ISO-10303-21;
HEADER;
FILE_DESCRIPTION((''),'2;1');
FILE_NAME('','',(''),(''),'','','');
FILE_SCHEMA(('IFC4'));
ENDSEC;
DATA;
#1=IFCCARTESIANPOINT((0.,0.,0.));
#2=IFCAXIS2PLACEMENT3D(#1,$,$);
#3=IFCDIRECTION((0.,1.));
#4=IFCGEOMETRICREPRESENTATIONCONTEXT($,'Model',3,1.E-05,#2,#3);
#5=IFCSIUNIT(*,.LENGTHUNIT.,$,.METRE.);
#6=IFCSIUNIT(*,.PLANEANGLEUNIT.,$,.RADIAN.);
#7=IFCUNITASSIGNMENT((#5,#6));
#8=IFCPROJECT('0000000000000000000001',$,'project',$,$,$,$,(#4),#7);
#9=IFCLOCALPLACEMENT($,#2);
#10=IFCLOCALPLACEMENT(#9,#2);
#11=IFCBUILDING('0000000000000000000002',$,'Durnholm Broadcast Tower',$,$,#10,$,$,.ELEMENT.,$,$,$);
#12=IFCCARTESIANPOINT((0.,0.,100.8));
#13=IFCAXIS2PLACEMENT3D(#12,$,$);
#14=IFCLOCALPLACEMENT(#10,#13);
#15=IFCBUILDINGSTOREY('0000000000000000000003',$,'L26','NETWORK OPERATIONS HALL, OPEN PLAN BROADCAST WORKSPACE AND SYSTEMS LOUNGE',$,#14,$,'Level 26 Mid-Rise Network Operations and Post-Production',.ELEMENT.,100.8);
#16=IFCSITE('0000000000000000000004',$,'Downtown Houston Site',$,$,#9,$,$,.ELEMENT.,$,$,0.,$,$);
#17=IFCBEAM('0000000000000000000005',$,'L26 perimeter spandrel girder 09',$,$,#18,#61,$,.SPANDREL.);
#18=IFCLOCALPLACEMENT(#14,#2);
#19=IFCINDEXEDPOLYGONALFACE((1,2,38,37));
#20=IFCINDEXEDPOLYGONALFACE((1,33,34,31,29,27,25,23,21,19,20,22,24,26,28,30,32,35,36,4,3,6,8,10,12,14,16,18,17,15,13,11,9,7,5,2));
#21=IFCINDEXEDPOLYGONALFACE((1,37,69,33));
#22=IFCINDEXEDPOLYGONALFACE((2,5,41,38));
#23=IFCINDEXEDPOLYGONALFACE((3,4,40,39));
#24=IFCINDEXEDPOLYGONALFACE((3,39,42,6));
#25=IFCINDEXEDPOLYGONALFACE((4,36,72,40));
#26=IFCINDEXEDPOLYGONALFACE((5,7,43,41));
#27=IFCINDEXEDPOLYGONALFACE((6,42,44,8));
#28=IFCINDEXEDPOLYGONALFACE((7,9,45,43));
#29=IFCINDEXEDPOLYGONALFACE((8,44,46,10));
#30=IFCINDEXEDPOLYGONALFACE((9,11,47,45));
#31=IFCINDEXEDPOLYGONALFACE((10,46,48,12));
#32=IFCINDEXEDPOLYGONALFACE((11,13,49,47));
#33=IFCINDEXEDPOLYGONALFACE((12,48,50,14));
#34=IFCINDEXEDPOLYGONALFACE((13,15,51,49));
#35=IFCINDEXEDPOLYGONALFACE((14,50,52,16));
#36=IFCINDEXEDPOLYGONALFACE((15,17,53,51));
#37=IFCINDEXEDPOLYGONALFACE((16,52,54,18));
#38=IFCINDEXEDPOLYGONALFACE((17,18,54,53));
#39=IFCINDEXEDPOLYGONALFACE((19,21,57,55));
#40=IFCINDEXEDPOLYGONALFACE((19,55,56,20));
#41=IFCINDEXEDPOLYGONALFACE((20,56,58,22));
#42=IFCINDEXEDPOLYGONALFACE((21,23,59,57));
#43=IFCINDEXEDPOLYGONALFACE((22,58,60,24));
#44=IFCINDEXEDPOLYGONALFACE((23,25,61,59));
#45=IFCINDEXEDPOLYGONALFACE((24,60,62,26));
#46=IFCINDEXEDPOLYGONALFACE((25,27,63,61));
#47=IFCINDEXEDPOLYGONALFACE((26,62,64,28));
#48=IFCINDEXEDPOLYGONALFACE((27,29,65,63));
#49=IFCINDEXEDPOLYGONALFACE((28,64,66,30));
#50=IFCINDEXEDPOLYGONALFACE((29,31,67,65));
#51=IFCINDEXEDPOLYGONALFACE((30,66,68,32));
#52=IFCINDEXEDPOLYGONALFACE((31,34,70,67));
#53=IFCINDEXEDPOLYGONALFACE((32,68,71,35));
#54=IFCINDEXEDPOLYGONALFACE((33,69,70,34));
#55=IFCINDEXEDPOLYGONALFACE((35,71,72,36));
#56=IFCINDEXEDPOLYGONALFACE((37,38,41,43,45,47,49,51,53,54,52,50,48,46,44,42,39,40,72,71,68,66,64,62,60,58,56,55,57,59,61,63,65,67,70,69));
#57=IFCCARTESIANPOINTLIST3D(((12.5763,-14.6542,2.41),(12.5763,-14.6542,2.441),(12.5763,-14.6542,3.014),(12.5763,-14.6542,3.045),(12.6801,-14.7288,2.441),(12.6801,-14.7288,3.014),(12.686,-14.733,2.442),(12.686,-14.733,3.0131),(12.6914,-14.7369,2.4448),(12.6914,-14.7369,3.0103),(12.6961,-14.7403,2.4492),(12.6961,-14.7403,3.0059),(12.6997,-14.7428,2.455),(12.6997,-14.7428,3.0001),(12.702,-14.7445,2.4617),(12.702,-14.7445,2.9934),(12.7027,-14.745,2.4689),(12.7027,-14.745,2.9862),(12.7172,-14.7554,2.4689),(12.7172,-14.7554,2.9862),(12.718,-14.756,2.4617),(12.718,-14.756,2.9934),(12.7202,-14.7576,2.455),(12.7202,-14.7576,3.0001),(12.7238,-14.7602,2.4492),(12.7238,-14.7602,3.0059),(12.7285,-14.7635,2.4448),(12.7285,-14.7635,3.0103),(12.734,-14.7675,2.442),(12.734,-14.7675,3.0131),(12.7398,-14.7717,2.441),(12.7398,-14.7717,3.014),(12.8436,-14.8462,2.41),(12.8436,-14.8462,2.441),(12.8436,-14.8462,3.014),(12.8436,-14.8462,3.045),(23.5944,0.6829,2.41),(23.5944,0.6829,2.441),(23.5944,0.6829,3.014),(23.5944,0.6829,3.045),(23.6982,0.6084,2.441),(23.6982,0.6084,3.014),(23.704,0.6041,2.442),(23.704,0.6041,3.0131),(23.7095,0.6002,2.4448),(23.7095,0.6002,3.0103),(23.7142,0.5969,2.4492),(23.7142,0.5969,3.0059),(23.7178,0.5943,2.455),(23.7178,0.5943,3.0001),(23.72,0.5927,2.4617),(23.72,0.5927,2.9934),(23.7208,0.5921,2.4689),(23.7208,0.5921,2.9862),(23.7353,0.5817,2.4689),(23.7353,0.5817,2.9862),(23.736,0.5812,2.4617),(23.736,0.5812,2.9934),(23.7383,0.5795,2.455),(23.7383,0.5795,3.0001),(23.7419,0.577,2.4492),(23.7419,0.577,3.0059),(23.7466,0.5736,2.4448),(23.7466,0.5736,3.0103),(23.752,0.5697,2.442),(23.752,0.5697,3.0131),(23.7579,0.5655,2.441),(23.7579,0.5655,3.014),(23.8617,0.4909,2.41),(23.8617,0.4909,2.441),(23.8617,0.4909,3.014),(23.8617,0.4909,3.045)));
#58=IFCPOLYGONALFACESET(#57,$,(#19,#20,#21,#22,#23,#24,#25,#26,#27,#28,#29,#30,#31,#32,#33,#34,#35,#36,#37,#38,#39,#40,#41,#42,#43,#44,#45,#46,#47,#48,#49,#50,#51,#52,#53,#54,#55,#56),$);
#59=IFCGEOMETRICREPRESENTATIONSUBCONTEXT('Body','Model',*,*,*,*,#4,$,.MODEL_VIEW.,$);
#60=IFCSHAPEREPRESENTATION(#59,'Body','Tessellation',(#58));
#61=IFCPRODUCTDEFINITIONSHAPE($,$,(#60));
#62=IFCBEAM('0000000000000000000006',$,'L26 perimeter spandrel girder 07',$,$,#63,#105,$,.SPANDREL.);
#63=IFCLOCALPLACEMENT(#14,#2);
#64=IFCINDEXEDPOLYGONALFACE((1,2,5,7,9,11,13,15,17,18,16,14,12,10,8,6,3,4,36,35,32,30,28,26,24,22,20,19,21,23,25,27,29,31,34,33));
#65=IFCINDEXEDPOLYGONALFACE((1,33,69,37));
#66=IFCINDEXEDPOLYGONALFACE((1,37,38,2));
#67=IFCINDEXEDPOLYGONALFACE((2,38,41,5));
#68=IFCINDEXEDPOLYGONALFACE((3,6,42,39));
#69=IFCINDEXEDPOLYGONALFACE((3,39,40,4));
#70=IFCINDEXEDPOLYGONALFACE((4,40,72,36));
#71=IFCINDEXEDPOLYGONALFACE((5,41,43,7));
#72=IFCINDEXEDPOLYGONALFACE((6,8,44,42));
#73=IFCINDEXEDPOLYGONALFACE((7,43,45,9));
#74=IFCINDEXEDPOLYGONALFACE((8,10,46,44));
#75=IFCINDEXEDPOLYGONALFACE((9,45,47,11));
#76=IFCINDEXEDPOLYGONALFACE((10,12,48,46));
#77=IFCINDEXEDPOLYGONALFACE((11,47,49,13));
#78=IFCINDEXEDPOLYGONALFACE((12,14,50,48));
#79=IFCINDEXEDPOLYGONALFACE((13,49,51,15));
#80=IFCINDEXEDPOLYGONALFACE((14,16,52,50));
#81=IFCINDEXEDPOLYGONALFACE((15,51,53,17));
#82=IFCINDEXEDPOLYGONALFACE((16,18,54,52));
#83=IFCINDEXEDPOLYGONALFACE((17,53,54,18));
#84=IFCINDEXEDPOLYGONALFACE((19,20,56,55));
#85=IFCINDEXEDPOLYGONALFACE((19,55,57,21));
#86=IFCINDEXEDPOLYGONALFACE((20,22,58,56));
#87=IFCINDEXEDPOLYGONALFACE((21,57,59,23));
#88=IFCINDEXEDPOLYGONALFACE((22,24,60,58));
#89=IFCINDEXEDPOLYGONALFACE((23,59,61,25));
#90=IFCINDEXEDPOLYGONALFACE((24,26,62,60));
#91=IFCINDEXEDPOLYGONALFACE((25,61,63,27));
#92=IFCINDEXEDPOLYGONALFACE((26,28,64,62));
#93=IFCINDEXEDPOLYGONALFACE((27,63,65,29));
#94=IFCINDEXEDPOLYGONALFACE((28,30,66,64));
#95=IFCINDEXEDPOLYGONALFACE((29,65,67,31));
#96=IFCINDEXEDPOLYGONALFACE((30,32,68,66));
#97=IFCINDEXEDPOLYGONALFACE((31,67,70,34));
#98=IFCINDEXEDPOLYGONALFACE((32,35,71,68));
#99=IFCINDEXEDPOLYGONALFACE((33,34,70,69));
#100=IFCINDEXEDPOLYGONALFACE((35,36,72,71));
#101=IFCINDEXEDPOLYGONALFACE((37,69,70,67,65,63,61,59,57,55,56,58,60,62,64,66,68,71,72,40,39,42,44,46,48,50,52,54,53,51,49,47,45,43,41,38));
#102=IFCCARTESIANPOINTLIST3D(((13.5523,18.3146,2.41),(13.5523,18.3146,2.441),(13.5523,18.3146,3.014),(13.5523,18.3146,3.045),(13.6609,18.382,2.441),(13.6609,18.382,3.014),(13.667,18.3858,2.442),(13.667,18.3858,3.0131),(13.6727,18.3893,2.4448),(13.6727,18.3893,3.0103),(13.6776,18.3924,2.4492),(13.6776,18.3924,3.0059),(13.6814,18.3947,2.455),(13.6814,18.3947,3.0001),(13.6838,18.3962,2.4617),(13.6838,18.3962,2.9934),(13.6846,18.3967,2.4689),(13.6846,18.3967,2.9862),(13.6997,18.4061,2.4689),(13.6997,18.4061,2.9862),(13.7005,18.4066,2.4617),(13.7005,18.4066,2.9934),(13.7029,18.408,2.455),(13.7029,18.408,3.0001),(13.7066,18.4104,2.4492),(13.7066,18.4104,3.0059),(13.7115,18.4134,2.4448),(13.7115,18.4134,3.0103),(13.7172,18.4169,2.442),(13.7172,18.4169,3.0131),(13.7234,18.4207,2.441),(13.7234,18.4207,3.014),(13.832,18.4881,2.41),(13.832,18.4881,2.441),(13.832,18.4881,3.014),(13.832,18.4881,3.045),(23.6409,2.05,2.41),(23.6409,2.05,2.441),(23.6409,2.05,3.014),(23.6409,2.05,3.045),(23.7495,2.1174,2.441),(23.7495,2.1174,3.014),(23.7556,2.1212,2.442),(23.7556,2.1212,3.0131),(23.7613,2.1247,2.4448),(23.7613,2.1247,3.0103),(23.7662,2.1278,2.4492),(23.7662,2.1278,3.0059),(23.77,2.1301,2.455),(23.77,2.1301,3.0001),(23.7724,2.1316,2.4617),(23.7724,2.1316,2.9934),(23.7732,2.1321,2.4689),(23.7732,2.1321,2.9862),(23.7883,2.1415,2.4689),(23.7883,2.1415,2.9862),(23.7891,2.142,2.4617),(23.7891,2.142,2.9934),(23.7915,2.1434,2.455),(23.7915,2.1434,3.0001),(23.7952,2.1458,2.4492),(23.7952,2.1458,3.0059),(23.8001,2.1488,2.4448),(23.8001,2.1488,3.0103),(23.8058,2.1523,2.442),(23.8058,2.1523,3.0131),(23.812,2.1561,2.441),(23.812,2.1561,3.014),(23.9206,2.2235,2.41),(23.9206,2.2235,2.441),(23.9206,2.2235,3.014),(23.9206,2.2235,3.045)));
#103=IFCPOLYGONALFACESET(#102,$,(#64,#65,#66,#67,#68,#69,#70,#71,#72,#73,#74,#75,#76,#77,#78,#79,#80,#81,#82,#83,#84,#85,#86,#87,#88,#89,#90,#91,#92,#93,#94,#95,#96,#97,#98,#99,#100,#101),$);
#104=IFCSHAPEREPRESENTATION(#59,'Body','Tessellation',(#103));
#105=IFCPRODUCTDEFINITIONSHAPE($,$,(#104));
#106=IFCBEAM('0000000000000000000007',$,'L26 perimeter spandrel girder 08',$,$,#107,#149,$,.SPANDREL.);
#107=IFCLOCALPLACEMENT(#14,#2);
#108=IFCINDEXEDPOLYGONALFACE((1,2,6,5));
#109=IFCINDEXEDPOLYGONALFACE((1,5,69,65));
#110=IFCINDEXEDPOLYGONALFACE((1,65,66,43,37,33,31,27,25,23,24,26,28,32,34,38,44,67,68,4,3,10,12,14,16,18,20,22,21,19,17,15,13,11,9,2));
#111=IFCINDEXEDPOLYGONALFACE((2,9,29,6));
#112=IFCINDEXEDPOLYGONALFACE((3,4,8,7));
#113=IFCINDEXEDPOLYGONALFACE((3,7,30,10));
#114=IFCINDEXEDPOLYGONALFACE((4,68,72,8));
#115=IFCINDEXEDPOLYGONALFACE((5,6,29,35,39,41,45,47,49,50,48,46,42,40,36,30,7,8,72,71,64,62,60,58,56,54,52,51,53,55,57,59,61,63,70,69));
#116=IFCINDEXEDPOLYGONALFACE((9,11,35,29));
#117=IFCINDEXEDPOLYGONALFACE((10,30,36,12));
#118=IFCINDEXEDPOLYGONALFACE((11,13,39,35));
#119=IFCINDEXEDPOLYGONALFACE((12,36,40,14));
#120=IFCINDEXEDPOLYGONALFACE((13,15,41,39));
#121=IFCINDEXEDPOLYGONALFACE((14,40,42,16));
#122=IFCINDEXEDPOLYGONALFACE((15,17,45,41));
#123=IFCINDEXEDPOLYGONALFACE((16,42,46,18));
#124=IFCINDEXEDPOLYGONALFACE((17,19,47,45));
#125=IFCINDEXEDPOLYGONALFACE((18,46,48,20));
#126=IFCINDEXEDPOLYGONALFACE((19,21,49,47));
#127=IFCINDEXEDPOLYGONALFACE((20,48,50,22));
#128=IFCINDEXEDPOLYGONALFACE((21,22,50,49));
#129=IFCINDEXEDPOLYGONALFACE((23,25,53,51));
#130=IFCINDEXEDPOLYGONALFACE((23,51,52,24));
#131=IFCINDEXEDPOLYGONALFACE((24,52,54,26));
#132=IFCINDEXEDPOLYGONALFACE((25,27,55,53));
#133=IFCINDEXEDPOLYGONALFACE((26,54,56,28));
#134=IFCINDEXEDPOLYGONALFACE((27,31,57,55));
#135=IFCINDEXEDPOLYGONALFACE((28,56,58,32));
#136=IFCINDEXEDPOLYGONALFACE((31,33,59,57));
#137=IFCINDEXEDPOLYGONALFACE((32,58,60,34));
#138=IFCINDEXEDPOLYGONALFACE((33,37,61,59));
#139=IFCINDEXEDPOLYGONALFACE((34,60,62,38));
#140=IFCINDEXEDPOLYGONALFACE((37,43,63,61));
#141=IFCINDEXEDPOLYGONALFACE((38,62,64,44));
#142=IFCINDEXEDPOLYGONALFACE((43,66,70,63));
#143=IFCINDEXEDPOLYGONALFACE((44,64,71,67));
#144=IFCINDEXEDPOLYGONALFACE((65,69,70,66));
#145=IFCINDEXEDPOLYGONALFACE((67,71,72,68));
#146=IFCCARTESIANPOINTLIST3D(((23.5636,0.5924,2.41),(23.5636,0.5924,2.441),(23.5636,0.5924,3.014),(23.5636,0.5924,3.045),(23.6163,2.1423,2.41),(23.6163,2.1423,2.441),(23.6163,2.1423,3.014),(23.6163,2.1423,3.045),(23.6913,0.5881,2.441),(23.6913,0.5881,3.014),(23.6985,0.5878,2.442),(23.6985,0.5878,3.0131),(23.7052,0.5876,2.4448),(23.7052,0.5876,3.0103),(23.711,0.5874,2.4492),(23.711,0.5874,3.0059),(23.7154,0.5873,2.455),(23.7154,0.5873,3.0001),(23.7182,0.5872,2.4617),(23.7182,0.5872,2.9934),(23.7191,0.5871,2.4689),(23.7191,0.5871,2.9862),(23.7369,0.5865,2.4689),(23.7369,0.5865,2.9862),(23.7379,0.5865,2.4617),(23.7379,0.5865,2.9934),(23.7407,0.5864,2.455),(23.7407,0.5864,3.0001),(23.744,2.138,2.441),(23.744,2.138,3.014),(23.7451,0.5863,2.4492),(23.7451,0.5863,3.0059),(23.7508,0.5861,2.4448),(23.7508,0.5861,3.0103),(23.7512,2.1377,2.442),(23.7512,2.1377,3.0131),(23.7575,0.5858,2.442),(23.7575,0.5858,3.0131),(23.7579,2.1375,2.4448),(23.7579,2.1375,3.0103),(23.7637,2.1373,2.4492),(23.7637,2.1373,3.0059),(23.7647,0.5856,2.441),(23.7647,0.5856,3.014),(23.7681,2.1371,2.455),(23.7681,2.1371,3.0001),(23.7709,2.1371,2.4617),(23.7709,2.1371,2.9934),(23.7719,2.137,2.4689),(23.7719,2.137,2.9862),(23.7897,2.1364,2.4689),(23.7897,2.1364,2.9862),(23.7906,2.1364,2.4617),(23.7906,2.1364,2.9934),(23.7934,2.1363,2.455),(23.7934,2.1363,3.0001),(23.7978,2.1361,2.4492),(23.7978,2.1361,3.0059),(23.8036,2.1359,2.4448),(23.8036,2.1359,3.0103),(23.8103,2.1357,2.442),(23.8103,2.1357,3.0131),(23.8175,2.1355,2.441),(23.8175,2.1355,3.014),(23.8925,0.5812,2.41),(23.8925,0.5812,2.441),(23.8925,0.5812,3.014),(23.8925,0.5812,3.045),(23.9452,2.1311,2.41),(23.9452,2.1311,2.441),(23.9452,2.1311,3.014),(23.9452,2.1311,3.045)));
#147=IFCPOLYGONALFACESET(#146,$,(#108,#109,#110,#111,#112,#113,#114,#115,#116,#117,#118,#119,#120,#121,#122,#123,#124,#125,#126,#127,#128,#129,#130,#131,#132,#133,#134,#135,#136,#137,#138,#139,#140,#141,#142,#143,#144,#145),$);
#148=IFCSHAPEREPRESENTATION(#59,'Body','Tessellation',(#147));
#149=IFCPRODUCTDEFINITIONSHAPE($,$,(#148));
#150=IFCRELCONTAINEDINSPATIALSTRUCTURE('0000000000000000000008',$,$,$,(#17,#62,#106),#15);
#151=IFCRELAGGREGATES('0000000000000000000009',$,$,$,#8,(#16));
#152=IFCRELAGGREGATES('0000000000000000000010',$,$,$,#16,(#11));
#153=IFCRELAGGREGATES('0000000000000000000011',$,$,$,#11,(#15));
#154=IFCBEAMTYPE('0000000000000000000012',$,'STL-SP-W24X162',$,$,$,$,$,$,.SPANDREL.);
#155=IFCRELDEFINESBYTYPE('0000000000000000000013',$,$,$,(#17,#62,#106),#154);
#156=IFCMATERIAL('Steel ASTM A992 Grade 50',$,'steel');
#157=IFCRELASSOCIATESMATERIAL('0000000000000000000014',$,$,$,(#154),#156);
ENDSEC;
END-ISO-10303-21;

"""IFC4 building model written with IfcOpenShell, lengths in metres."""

from ifc_helpers import new_model, si_unit, direction, frame, origin, origin_2d, place, context, subcontext, project, spatial, i_section, extrude, source, transform, mapped, material, material_profile, profile_set, type_object, type_shapes, element, save


model = new_model("IFC4")

# Units and contexts
model_context = context("Model", 3, precision=1e-05, world=origin(), true_north=direction((0.0, 1.0)))
body_context = subcontext(model_context, "Body", "Model", "MODEL_VIEW")
ifc_project = project(units=[si_unit("LENGTHUNIT", "METRE"), si_unit("PLANEANGLEUNIT", "RADIAN")], contexts=[model_context])

# Site, building, storey
site_placement = place(None, origin())
site = spatial("IfcSite", under=ifc_project, at=site_placement, Name="Downtown Houston Site", CompositionType="ELEMENT", RefElevation=0.0)
building_placement = place(site_placement, origin())
building = spatial("IfcBuilding", under=site, at=building_placement, Name="Durnholm Broadcast Tower", CompositionType="ELEMENT")
storey_placement = place(building_placement, frame((0.0, 0.0, 100.8)))
storey = spatial("IfcBuildingStorey", under=building, at=storey_placement, Name="L26", Description="NETWORK OPERATIONS HALL, OPEN PLAN BROADCAST WORKSPACE AND SYSTEMS LOUNGE", LongName="Level 26 Mid-Rise Network Operations and Post-Production", CompositionType="ELEMENT", Elevation=100.8)

# Beams
ifc_material_1 = material(Name="Steel ASTM A992 Grade 50", Category="steel")
ifc_material_profile_1 = material_profile(ifc_material_1, i_section(OverallWidth=0.3291, OverallDepth=0.635, WebThickness=0.0178, FlangeThickness=0.031, FilletRadius=0.0278, at=origin_2d()), Name="W24X162")
ifc_profile_set_1 = profile_set([ifc_material_profile_1], Name="Steel ASTM A992 Grade 50")
beam_type_1 = type_object("IfcBeamType", Name="STL-SP-W24X162", PredefinedType="SPANDREL", material=ifc_profile_set_1)
shared_shape_1 = source(origin(), body_context, "Body", "SweptSolid", [
    extrude(i_section(OverallWidth=0.3291, OverallDepth=0.635, WebThickness=0.0178, FlangeThickness=0.031, FilletRadius=0.0278, at=origin_2d()), origin(), (0.0, 0.0, 1.0), 18.8845),
])
beam_1_placement = place(storey_placement, frame((23.728, 0.5869, 2.7275), z_axis=(-0.583443, -0.812154, 0.0), x_axis=(0.812154, -0.583443, 0.0)))
element("IfcBeam", 1, at=beam_1_placement, inside=storey, type_object=beam_type_1, Name="L26 perimeter spandrel girder 09", PredefinedType="SPANDREL", context=body_context, shape_type="MappedRepresentation", body=[
    mapped(shared_shape_1, transform((0.0, 0.0, 0.0), x_axis=(1.0, 0.0, 0.0), y_axis=(0.0, 1.0, 0.0), z_axis=(0.0, 0.0, 1.0), scale=1.0)),
])
shared_shape_2 = source(origin(), body_context, "Body", "SweptSolid", [
    extrude(i_section(OverallWidth=0.3291, OverallDepth=0.635, WebThickness=0.0178, FlangeThickness=0.031, FilletRadius=0.0278, at=origin_2d()), origin(), (0.0, 0.0, 1.0), 19.1394),
])
beam_2_placement = place(storey_placement, frame((13.6921, 18.4014, 2.7275), z_axis=(0.527111, -0.849796, 0.0), x_axis=(0.849796, 0.527111, 0.0)))
element("IfcBeam", 2, at=beam_2_placement, inside=storey, type_object=beam_type_1, Name="L26 perimeter spandrel girder 07", PredefinedType="SPANDREL", context=body_context, shape_type="MappedRepresentation", body=[
    mapped(shared_shape_2, transform((0.0, 0.0, 0.0), x_axis=(1.0, 0.0, 0.0), y_axis=(0.0, 1.0, 0.0), z_axis=(0.0, 0.0, 1.0), scale=1.0)),
])
shared_shape_3 = source(origin(), body_context, "Body", "SweptSolid", [
    extrude(i_section(OverallWidth=0.3291, OverallDepth=0.635, WebThickness=0.0178, FlangeThickness=0.031, FilletRadius=0.0278, at=origin_2d()), origin(), (0.0, 0.0, 1.0), 1.5508),
])
type_shapes(beam_type_1, [shared_shape_1, shared_shape_2, shared_shape_3])
beam_3_placement = place(storey_placement, frame((23.7808, 2.1367, 2.7275), z_axis=(-0.034007, -0.999422, 0.0), x_axis=(0.999422, -0.034007, 0.0)))
element("IfcBeam", 3, at=beam_3_placement, inside=storey, type_object=beam_type_1, Name="L26 perimeter spandrel girder 08", PredefinedType="SPANDREL", context=body_context, shape_type="MappedRepresentation", body=[
    mapped(shared_shape_3, transform((0.0, 0.0, 0.0), x_axis=(1.0, 0.0, 0.0), y_axis=(0.0, 1.0, 0.0), z_axis=(0.0, 0.0, 1.0), scale=1.0)),
])

save(model, "model.ifc")
